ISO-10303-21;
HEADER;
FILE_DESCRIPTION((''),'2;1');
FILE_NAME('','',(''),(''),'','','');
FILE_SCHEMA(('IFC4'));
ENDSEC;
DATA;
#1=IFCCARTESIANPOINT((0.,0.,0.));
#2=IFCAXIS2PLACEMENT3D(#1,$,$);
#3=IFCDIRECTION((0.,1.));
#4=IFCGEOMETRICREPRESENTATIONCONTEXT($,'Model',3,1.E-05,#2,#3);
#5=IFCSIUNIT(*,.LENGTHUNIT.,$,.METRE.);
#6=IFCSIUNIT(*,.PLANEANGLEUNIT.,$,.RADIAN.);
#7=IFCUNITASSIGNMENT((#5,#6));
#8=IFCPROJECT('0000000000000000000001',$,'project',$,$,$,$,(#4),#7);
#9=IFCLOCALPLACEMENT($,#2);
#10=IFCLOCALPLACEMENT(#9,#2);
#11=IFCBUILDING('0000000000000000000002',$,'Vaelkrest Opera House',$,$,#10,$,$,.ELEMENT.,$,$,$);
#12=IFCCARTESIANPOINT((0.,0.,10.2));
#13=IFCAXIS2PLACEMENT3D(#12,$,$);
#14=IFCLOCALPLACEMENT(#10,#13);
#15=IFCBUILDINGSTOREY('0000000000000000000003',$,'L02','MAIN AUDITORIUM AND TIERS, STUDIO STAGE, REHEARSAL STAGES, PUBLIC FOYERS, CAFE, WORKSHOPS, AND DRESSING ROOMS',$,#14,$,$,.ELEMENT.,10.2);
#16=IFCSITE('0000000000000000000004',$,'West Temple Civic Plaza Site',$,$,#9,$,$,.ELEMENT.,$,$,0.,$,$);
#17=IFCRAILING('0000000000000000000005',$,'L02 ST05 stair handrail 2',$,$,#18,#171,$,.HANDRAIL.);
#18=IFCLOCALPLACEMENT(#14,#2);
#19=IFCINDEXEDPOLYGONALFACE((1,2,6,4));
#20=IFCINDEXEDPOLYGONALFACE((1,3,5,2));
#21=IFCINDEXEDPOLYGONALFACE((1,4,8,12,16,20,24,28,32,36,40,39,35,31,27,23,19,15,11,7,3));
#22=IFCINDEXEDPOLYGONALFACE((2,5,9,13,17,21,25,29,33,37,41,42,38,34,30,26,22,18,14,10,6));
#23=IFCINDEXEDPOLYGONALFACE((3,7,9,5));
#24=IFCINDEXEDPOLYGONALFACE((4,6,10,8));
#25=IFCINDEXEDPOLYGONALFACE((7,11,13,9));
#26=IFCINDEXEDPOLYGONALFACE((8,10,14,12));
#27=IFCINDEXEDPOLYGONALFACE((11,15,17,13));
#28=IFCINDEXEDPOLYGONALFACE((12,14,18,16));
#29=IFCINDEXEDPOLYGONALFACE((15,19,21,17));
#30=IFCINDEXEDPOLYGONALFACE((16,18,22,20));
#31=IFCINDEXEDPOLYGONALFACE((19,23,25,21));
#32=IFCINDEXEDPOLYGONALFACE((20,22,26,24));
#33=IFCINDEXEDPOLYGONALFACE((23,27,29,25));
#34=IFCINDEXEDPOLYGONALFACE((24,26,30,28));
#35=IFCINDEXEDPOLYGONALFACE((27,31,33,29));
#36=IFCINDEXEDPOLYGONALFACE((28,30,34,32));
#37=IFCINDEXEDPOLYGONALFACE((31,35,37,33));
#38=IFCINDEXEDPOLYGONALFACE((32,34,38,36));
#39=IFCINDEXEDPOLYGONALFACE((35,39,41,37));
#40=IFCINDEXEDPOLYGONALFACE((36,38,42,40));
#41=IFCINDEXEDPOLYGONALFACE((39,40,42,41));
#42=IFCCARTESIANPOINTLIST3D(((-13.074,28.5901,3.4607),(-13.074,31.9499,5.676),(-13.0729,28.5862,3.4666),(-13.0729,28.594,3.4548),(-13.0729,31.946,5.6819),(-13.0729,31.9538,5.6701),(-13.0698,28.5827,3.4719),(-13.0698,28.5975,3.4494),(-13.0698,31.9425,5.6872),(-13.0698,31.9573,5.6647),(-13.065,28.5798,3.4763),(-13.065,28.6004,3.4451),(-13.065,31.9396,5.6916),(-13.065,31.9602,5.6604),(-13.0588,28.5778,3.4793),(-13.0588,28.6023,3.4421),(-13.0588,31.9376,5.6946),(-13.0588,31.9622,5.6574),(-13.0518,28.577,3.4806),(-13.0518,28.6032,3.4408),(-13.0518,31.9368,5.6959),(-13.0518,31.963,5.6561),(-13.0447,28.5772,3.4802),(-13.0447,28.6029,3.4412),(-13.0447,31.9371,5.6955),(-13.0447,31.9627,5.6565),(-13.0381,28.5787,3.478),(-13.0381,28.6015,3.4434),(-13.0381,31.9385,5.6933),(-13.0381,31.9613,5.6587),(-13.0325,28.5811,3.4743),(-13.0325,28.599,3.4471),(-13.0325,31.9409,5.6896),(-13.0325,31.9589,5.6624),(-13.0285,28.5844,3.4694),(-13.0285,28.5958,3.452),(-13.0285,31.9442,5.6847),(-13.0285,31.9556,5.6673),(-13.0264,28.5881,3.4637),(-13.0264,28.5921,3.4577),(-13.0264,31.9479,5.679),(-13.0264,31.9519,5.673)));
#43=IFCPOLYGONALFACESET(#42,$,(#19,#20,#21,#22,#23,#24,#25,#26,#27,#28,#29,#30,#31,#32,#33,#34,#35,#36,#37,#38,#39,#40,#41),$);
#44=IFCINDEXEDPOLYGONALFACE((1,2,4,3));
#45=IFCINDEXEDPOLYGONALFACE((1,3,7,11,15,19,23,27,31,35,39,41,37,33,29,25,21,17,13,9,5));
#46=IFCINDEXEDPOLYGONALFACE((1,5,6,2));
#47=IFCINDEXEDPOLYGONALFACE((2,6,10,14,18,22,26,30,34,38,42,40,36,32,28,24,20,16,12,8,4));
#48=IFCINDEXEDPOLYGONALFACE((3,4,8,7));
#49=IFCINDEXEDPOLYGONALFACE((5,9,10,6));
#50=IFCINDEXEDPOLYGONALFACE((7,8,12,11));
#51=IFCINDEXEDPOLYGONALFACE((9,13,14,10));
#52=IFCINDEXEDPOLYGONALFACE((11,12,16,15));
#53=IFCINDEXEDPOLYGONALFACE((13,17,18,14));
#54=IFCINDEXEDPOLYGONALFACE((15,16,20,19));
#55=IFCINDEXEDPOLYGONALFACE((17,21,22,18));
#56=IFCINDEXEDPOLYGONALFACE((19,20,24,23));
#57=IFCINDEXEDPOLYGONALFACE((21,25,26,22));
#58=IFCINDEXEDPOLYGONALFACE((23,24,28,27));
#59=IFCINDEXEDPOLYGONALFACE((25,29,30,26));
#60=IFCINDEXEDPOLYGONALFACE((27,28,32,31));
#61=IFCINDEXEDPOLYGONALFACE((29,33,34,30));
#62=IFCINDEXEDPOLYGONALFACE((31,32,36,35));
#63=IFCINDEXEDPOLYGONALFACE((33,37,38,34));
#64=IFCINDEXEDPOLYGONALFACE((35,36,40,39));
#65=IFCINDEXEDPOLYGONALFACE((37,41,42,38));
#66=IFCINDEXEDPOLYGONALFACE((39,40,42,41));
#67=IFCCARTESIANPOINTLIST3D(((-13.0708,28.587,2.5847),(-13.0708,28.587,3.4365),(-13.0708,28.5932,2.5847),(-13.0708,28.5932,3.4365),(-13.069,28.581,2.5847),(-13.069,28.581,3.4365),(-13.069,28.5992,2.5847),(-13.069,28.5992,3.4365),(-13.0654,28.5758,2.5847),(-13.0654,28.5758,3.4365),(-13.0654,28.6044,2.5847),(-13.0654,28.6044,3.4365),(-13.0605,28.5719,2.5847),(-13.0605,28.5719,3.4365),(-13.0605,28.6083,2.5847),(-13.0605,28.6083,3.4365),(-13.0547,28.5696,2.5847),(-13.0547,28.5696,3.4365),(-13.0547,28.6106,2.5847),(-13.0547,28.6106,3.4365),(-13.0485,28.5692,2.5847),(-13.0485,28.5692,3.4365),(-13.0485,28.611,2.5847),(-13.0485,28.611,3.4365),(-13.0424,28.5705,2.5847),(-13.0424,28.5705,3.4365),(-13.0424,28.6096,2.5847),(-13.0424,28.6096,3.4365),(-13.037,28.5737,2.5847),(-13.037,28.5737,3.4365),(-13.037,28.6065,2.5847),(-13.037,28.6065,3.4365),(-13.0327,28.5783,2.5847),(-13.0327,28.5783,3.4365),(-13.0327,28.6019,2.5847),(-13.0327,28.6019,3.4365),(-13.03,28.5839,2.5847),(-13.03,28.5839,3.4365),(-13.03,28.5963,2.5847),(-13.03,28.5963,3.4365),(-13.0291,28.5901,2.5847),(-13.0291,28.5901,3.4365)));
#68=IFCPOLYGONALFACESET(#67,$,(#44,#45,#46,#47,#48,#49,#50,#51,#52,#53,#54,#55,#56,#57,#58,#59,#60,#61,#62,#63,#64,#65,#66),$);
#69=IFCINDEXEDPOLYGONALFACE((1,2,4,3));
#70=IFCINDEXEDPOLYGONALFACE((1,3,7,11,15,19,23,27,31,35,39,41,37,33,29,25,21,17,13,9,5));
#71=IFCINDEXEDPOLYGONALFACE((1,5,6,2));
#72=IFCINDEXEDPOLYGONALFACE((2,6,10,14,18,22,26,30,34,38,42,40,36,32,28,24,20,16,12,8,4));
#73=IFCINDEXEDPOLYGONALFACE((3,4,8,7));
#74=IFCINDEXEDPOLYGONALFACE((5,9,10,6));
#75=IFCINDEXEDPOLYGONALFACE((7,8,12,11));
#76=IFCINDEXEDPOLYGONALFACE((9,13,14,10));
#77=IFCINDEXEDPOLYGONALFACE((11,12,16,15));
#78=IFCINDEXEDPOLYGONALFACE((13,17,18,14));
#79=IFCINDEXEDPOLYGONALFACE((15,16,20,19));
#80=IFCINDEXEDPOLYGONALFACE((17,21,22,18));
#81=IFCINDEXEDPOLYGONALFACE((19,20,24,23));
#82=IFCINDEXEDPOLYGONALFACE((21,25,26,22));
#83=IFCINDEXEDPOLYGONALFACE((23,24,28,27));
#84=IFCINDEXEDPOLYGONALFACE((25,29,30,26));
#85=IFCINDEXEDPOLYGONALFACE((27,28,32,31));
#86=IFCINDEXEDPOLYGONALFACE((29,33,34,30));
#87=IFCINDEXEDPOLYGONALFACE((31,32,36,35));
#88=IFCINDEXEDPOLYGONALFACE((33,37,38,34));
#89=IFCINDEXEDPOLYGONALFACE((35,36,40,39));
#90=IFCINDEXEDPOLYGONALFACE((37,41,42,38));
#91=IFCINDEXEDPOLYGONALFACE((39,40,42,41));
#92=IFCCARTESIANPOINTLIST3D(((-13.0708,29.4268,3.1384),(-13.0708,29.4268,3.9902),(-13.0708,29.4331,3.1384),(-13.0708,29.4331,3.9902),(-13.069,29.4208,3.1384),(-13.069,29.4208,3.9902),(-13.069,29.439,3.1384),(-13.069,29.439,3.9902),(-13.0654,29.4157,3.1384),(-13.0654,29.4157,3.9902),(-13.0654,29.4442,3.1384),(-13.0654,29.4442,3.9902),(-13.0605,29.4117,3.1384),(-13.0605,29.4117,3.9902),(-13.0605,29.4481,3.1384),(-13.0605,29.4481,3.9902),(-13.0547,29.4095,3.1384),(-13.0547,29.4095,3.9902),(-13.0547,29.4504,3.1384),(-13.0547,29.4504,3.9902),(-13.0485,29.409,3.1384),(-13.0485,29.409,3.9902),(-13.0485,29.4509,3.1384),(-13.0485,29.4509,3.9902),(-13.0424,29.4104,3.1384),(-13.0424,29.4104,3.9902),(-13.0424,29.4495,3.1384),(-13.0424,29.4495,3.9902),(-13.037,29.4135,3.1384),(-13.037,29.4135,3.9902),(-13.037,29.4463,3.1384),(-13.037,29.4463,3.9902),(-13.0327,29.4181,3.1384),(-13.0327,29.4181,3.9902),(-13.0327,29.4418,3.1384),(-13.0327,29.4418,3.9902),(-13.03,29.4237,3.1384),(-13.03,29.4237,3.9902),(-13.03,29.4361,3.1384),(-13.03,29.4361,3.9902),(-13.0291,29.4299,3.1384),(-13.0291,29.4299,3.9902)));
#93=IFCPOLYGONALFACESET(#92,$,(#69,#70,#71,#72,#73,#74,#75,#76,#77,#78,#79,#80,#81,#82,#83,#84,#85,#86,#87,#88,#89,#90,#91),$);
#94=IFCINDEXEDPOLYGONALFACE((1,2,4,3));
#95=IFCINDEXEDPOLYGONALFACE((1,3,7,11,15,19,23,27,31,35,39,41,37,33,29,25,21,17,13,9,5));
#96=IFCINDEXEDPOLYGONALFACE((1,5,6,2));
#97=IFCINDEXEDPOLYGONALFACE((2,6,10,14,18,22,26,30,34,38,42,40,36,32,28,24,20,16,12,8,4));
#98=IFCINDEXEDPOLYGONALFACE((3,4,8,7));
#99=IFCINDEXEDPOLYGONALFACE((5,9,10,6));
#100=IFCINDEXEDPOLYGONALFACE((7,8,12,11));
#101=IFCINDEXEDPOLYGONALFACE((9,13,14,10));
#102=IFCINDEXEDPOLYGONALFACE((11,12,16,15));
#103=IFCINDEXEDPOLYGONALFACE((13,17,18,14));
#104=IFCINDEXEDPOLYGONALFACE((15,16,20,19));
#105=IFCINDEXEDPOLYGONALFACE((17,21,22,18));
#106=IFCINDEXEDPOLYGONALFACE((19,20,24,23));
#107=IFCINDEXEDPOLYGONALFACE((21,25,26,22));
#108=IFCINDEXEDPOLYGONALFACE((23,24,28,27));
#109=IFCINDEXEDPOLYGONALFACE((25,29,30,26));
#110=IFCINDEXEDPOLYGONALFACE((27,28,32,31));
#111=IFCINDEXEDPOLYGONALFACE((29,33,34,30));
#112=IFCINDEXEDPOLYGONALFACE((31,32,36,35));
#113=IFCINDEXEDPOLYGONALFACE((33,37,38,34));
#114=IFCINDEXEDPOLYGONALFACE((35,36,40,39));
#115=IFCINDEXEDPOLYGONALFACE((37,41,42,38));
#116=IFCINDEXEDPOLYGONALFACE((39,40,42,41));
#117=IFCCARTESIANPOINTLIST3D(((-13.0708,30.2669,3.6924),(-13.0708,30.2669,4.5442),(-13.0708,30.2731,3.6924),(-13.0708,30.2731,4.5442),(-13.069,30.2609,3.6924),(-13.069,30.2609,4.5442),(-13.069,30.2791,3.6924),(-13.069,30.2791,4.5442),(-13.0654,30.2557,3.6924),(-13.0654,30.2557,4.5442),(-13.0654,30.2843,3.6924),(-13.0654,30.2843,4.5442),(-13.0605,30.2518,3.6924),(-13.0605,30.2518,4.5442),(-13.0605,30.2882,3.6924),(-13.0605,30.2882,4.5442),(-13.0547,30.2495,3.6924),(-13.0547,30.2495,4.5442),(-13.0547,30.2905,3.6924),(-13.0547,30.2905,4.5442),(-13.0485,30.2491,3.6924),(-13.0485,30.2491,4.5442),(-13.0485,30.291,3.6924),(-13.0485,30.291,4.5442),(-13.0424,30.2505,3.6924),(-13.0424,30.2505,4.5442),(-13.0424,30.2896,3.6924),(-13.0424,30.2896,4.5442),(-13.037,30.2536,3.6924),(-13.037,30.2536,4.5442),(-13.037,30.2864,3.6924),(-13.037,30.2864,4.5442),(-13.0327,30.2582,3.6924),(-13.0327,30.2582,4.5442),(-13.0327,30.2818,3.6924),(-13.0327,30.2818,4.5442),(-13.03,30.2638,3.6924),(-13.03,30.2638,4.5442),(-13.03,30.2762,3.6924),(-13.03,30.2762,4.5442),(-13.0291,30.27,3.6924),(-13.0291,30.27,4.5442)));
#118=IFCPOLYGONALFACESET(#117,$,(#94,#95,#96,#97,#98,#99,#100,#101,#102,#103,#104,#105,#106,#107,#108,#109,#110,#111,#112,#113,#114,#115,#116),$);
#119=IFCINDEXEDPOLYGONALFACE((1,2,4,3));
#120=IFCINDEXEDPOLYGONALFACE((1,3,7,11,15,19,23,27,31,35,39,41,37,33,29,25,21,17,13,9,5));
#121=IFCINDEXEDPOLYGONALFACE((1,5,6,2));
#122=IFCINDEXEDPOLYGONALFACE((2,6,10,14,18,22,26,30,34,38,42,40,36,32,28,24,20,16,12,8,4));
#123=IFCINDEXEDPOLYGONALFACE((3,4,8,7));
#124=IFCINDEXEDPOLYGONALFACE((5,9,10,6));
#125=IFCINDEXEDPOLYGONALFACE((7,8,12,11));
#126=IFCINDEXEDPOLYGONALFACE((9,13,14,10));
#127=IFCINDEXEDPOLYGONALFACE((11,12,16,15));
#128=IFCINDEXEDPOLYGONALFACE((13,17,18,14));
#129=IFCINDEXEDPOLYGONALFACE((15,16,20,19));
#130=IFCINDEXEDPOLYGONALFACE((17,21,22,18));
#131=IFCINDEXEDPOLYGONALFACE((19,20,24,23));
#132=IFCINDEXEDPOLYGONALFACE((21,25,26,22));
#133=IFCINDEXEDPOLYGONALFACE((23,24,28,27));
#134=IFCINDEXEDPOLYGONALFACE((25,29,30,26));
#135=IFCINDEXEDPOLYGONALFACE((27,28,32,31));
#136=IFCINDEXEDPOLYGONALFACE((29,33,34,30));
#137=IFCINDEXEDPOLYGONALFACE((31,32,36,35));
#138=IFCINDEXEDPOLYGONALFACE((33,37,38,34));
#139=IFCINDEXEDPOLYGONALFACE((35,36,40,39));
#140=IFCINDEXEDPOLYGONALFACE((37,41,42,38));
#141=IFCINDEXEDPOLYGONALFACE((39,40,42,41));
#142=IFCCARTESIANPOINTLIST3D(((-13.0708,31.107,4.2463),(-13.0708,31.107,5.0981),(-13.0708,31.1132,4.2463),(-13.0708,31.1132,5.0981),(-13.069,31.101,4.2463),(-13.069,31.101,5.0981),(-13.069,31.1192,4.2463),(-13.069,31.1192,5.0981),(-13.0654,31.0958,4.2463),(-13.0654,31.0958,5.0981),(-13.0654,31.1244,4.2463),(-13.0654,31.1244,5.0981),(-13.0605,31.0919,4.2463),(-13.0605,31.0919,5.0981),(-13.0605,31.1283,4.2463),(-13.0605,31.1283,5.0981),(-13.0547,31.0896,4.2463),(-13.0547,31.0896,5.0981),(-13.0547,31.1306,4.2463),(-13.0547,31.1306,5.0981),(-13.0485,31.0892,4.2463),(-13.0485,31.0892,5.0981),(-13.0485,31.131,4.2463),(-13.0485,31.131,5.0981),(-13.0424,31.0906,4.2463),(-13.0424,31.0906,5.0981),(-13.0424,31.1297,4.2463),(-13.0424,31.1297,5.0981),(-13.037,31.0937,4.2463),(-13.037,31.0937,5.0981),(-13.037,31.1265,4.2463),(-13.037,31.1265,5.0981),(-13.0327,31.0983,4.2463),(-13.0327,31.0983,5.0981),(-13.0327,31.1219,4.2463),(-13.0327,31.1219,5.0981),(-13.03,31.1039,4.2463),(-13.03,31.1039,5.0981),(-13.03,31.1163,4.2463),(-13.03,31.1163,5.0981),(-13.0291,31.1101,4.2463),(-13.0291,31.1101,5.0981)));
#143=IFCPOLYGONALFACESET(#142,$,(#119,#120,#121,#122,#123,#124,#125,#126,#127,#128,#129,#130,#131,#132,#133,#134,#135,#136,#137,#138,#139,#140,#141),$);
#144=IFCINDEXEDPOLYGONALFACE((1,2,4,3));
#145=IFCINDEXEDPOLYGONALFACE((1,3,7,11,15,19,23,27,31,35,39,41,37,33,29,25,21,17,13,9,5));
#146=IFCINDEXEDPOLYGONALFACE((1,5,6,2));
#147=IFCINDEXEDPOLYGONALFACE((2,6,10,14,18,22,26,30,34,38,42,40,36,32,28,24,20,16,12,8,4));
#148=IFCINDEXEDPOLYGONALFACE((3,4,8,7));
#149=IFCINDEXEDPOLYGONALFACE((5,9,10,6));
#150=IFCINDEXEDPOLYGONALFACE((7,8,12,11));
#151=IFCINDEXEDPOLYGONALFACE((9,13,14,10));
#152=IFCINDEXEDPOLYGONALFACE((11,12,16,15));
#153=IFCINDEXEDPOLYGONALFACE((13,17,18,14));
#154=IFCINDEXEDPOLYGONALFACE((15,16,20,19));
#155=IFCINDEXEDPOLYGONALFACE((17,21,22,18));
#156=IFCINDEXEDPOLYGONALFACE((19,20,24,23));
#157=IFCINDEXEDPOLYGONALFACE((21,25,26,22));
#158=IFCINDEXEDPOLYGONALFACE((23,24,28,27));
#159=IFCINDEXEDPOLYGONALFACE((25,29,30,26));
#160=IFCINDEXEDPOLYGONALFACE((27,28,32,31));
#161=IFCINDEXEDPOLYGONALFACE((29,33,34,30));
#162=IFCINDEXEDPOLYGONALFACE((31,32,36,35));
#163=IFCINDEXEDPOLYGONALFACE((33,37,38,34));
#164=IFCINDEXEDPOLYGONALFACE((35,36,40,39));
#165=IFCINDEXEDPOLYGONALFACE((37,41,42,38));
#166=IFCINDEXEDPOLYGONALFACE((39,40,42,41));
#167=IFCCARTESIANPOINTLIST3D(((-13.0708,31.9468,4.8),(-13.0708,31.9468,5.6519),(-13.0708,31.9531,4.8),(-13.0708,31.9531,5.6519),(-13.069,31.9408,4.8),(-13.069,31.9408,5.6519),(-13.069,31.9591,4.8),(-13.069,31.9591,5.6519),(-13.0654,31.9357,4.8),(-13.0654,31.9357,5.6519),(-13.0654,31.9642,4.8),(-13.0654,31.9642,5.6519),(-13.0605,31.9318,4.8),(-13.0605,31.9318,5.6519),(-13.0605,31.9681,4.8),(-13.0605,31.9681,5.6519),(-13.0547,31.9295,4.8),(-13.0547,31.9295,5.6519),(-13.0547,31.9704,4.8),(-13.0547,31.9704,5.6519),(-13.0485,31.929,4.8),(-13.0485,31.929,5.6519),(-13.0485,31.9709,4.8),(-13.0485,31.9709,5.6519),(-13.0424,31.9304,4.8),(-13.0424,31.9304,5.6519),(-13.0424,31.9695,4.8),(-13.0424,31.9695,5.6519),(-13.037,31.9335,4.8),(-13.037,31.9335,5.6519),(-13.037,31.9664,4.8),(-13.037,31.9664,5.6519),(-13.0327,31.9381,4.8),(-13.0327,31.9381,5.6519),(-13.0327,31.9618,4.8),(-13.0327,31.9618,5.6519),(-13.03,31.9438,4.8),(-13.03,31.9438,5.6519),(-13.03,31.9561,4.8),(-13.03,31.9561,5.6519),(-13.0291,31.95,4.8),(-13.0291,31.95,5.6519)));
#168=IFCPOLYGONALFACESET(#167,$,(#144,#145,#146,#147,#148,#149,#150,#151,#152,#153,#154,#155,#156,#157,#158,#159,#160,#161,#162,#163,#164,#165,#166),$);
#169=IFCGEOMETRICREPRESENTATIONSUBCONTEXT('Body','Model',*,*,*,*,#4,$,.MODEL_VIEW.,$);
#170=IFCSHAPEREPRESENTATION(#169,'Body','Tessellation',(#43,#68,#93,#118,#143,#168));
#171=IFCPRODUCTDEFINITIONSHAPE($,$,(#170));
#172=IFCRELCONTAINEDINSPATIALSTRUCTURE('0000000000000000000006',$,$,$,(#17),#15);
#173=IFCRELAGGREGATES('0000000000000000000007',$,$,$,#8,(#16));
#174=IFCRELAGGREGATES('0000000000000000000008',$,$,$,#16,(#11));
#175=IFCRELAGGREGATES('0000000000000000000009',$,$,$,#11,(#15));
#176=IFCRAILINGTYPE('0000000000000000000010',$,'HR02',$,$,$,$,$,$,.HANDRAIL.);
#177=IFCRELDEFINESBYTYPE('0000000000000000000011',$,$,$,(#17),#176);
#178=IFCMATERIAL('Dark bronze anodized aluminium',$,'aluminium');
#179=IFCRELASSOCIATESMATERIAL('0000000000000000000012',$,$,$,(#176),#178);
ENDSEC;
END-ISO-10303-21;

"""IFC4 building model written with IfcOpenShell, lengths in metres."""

from ifc_helpers import new_model, si_unit, direction, frame, origin, origin_2d, place, context, subcontext, project, spatial, circle, extrude, material, type_object, element, save


model = new_model("IFC4")

# Units and contexts
model_context = context("Model", 3, precision=1e-05, world=origin(), true_north=direction((0.0, 1.0)))
body_context = subcontext(model_context, "Body", "Model", "MODEL_VIEW")
ifc_project = project(units=[si_unit("LENGTHUNIT", "METRE"), si_unit("PLANEANGLEUNIT", "RADIAN")], contexts=[model_context])

# Site, building, storey
site_placement = place(None, origin())
site = spatial("IfcSite", under=ifc_project, at=site_placement, Name="West Temple Civic Plaza Site", CompositionType="ELEMENT", RefElevation=0.0)
building_placement = place(site_placement, origin())
building = spatial("IfcBuilding", under=site, at=building_placement, Name="Vaelkrest Opera House", CompositionType="ELEMENT")
storey_placement = place(building_placement, frame((0.0, 0.0, 10.2)))
storey = spatial("IfcBuildingStorey", under=building, at=storey_placement, Name="L02", Description="MAIN AUDITORIUM AND TIERS, STUDIO STAGE, REHEARSAL STAGES, PUBLIC FOYERS, CAFE, WORKSHOPS, AND DRESSING ROOMS", CompositionType="ELEMENT", Elevation=10.2)

# Shared definitions
ifc_material_1 = material(Name="Dark bronze anodized aluminium", Category="aluminium")

# Railing
railing_type_1 = type_object("IfcRailingType", Name="HR02", PredefinedType="HANDRAIL", material=ifc_material_1)
railing_1_placement = place(storey_placement, frame((-13.05, 28.5901, 2.5847)))
element("IfcRailing", 1, at=railing_1_placement, inside=storey, type_object=railing_type_1, Name="L02 ST05 stair handrail 2", PredefinedType="HANDRAIL", context=body_context, shape_type="SweptSolid", body=[
    extrude(circle(Radius=0.0239, at=origin_2d()), frame((0.0, 0.0, 0.876), z_axis=(0.0, 0.834858, 0.550465), x_axis=(-1.0, 0.0, 0.0)), (0.0, 0.0, 1.0), 4.0244),
    extrude(circle(Radius=0.021, at=origin_2d()), origin(), (0.0, 0.0, 1.0), 0.8518),
    extrude(circle(Radius=0.021, at=origin_2d()), frame((0.0, 0.8398, 0.5537)), (0.0, 0.0, 1.0), 0.8518),
    extrude(circle(Radius=0.021, at=origin_2d()), frame((0.0, 1.6799, 1.1077)), (0.0, 0.0, 1.0), 0.8518),
    extrude(circle(Radius=0.021, at=origin_2d()), frame((0.0, 2.52, 1.6616)), (0.0, 0.0, 1.0), 0.8518),
    extrude(circle(Radius=0.021, at=origin_2d()), frame((0.0, 3.3599, 2.2153)), (0.0, 0.0, 1.0), 0.8518),
])

save(model, "model.ifc")
